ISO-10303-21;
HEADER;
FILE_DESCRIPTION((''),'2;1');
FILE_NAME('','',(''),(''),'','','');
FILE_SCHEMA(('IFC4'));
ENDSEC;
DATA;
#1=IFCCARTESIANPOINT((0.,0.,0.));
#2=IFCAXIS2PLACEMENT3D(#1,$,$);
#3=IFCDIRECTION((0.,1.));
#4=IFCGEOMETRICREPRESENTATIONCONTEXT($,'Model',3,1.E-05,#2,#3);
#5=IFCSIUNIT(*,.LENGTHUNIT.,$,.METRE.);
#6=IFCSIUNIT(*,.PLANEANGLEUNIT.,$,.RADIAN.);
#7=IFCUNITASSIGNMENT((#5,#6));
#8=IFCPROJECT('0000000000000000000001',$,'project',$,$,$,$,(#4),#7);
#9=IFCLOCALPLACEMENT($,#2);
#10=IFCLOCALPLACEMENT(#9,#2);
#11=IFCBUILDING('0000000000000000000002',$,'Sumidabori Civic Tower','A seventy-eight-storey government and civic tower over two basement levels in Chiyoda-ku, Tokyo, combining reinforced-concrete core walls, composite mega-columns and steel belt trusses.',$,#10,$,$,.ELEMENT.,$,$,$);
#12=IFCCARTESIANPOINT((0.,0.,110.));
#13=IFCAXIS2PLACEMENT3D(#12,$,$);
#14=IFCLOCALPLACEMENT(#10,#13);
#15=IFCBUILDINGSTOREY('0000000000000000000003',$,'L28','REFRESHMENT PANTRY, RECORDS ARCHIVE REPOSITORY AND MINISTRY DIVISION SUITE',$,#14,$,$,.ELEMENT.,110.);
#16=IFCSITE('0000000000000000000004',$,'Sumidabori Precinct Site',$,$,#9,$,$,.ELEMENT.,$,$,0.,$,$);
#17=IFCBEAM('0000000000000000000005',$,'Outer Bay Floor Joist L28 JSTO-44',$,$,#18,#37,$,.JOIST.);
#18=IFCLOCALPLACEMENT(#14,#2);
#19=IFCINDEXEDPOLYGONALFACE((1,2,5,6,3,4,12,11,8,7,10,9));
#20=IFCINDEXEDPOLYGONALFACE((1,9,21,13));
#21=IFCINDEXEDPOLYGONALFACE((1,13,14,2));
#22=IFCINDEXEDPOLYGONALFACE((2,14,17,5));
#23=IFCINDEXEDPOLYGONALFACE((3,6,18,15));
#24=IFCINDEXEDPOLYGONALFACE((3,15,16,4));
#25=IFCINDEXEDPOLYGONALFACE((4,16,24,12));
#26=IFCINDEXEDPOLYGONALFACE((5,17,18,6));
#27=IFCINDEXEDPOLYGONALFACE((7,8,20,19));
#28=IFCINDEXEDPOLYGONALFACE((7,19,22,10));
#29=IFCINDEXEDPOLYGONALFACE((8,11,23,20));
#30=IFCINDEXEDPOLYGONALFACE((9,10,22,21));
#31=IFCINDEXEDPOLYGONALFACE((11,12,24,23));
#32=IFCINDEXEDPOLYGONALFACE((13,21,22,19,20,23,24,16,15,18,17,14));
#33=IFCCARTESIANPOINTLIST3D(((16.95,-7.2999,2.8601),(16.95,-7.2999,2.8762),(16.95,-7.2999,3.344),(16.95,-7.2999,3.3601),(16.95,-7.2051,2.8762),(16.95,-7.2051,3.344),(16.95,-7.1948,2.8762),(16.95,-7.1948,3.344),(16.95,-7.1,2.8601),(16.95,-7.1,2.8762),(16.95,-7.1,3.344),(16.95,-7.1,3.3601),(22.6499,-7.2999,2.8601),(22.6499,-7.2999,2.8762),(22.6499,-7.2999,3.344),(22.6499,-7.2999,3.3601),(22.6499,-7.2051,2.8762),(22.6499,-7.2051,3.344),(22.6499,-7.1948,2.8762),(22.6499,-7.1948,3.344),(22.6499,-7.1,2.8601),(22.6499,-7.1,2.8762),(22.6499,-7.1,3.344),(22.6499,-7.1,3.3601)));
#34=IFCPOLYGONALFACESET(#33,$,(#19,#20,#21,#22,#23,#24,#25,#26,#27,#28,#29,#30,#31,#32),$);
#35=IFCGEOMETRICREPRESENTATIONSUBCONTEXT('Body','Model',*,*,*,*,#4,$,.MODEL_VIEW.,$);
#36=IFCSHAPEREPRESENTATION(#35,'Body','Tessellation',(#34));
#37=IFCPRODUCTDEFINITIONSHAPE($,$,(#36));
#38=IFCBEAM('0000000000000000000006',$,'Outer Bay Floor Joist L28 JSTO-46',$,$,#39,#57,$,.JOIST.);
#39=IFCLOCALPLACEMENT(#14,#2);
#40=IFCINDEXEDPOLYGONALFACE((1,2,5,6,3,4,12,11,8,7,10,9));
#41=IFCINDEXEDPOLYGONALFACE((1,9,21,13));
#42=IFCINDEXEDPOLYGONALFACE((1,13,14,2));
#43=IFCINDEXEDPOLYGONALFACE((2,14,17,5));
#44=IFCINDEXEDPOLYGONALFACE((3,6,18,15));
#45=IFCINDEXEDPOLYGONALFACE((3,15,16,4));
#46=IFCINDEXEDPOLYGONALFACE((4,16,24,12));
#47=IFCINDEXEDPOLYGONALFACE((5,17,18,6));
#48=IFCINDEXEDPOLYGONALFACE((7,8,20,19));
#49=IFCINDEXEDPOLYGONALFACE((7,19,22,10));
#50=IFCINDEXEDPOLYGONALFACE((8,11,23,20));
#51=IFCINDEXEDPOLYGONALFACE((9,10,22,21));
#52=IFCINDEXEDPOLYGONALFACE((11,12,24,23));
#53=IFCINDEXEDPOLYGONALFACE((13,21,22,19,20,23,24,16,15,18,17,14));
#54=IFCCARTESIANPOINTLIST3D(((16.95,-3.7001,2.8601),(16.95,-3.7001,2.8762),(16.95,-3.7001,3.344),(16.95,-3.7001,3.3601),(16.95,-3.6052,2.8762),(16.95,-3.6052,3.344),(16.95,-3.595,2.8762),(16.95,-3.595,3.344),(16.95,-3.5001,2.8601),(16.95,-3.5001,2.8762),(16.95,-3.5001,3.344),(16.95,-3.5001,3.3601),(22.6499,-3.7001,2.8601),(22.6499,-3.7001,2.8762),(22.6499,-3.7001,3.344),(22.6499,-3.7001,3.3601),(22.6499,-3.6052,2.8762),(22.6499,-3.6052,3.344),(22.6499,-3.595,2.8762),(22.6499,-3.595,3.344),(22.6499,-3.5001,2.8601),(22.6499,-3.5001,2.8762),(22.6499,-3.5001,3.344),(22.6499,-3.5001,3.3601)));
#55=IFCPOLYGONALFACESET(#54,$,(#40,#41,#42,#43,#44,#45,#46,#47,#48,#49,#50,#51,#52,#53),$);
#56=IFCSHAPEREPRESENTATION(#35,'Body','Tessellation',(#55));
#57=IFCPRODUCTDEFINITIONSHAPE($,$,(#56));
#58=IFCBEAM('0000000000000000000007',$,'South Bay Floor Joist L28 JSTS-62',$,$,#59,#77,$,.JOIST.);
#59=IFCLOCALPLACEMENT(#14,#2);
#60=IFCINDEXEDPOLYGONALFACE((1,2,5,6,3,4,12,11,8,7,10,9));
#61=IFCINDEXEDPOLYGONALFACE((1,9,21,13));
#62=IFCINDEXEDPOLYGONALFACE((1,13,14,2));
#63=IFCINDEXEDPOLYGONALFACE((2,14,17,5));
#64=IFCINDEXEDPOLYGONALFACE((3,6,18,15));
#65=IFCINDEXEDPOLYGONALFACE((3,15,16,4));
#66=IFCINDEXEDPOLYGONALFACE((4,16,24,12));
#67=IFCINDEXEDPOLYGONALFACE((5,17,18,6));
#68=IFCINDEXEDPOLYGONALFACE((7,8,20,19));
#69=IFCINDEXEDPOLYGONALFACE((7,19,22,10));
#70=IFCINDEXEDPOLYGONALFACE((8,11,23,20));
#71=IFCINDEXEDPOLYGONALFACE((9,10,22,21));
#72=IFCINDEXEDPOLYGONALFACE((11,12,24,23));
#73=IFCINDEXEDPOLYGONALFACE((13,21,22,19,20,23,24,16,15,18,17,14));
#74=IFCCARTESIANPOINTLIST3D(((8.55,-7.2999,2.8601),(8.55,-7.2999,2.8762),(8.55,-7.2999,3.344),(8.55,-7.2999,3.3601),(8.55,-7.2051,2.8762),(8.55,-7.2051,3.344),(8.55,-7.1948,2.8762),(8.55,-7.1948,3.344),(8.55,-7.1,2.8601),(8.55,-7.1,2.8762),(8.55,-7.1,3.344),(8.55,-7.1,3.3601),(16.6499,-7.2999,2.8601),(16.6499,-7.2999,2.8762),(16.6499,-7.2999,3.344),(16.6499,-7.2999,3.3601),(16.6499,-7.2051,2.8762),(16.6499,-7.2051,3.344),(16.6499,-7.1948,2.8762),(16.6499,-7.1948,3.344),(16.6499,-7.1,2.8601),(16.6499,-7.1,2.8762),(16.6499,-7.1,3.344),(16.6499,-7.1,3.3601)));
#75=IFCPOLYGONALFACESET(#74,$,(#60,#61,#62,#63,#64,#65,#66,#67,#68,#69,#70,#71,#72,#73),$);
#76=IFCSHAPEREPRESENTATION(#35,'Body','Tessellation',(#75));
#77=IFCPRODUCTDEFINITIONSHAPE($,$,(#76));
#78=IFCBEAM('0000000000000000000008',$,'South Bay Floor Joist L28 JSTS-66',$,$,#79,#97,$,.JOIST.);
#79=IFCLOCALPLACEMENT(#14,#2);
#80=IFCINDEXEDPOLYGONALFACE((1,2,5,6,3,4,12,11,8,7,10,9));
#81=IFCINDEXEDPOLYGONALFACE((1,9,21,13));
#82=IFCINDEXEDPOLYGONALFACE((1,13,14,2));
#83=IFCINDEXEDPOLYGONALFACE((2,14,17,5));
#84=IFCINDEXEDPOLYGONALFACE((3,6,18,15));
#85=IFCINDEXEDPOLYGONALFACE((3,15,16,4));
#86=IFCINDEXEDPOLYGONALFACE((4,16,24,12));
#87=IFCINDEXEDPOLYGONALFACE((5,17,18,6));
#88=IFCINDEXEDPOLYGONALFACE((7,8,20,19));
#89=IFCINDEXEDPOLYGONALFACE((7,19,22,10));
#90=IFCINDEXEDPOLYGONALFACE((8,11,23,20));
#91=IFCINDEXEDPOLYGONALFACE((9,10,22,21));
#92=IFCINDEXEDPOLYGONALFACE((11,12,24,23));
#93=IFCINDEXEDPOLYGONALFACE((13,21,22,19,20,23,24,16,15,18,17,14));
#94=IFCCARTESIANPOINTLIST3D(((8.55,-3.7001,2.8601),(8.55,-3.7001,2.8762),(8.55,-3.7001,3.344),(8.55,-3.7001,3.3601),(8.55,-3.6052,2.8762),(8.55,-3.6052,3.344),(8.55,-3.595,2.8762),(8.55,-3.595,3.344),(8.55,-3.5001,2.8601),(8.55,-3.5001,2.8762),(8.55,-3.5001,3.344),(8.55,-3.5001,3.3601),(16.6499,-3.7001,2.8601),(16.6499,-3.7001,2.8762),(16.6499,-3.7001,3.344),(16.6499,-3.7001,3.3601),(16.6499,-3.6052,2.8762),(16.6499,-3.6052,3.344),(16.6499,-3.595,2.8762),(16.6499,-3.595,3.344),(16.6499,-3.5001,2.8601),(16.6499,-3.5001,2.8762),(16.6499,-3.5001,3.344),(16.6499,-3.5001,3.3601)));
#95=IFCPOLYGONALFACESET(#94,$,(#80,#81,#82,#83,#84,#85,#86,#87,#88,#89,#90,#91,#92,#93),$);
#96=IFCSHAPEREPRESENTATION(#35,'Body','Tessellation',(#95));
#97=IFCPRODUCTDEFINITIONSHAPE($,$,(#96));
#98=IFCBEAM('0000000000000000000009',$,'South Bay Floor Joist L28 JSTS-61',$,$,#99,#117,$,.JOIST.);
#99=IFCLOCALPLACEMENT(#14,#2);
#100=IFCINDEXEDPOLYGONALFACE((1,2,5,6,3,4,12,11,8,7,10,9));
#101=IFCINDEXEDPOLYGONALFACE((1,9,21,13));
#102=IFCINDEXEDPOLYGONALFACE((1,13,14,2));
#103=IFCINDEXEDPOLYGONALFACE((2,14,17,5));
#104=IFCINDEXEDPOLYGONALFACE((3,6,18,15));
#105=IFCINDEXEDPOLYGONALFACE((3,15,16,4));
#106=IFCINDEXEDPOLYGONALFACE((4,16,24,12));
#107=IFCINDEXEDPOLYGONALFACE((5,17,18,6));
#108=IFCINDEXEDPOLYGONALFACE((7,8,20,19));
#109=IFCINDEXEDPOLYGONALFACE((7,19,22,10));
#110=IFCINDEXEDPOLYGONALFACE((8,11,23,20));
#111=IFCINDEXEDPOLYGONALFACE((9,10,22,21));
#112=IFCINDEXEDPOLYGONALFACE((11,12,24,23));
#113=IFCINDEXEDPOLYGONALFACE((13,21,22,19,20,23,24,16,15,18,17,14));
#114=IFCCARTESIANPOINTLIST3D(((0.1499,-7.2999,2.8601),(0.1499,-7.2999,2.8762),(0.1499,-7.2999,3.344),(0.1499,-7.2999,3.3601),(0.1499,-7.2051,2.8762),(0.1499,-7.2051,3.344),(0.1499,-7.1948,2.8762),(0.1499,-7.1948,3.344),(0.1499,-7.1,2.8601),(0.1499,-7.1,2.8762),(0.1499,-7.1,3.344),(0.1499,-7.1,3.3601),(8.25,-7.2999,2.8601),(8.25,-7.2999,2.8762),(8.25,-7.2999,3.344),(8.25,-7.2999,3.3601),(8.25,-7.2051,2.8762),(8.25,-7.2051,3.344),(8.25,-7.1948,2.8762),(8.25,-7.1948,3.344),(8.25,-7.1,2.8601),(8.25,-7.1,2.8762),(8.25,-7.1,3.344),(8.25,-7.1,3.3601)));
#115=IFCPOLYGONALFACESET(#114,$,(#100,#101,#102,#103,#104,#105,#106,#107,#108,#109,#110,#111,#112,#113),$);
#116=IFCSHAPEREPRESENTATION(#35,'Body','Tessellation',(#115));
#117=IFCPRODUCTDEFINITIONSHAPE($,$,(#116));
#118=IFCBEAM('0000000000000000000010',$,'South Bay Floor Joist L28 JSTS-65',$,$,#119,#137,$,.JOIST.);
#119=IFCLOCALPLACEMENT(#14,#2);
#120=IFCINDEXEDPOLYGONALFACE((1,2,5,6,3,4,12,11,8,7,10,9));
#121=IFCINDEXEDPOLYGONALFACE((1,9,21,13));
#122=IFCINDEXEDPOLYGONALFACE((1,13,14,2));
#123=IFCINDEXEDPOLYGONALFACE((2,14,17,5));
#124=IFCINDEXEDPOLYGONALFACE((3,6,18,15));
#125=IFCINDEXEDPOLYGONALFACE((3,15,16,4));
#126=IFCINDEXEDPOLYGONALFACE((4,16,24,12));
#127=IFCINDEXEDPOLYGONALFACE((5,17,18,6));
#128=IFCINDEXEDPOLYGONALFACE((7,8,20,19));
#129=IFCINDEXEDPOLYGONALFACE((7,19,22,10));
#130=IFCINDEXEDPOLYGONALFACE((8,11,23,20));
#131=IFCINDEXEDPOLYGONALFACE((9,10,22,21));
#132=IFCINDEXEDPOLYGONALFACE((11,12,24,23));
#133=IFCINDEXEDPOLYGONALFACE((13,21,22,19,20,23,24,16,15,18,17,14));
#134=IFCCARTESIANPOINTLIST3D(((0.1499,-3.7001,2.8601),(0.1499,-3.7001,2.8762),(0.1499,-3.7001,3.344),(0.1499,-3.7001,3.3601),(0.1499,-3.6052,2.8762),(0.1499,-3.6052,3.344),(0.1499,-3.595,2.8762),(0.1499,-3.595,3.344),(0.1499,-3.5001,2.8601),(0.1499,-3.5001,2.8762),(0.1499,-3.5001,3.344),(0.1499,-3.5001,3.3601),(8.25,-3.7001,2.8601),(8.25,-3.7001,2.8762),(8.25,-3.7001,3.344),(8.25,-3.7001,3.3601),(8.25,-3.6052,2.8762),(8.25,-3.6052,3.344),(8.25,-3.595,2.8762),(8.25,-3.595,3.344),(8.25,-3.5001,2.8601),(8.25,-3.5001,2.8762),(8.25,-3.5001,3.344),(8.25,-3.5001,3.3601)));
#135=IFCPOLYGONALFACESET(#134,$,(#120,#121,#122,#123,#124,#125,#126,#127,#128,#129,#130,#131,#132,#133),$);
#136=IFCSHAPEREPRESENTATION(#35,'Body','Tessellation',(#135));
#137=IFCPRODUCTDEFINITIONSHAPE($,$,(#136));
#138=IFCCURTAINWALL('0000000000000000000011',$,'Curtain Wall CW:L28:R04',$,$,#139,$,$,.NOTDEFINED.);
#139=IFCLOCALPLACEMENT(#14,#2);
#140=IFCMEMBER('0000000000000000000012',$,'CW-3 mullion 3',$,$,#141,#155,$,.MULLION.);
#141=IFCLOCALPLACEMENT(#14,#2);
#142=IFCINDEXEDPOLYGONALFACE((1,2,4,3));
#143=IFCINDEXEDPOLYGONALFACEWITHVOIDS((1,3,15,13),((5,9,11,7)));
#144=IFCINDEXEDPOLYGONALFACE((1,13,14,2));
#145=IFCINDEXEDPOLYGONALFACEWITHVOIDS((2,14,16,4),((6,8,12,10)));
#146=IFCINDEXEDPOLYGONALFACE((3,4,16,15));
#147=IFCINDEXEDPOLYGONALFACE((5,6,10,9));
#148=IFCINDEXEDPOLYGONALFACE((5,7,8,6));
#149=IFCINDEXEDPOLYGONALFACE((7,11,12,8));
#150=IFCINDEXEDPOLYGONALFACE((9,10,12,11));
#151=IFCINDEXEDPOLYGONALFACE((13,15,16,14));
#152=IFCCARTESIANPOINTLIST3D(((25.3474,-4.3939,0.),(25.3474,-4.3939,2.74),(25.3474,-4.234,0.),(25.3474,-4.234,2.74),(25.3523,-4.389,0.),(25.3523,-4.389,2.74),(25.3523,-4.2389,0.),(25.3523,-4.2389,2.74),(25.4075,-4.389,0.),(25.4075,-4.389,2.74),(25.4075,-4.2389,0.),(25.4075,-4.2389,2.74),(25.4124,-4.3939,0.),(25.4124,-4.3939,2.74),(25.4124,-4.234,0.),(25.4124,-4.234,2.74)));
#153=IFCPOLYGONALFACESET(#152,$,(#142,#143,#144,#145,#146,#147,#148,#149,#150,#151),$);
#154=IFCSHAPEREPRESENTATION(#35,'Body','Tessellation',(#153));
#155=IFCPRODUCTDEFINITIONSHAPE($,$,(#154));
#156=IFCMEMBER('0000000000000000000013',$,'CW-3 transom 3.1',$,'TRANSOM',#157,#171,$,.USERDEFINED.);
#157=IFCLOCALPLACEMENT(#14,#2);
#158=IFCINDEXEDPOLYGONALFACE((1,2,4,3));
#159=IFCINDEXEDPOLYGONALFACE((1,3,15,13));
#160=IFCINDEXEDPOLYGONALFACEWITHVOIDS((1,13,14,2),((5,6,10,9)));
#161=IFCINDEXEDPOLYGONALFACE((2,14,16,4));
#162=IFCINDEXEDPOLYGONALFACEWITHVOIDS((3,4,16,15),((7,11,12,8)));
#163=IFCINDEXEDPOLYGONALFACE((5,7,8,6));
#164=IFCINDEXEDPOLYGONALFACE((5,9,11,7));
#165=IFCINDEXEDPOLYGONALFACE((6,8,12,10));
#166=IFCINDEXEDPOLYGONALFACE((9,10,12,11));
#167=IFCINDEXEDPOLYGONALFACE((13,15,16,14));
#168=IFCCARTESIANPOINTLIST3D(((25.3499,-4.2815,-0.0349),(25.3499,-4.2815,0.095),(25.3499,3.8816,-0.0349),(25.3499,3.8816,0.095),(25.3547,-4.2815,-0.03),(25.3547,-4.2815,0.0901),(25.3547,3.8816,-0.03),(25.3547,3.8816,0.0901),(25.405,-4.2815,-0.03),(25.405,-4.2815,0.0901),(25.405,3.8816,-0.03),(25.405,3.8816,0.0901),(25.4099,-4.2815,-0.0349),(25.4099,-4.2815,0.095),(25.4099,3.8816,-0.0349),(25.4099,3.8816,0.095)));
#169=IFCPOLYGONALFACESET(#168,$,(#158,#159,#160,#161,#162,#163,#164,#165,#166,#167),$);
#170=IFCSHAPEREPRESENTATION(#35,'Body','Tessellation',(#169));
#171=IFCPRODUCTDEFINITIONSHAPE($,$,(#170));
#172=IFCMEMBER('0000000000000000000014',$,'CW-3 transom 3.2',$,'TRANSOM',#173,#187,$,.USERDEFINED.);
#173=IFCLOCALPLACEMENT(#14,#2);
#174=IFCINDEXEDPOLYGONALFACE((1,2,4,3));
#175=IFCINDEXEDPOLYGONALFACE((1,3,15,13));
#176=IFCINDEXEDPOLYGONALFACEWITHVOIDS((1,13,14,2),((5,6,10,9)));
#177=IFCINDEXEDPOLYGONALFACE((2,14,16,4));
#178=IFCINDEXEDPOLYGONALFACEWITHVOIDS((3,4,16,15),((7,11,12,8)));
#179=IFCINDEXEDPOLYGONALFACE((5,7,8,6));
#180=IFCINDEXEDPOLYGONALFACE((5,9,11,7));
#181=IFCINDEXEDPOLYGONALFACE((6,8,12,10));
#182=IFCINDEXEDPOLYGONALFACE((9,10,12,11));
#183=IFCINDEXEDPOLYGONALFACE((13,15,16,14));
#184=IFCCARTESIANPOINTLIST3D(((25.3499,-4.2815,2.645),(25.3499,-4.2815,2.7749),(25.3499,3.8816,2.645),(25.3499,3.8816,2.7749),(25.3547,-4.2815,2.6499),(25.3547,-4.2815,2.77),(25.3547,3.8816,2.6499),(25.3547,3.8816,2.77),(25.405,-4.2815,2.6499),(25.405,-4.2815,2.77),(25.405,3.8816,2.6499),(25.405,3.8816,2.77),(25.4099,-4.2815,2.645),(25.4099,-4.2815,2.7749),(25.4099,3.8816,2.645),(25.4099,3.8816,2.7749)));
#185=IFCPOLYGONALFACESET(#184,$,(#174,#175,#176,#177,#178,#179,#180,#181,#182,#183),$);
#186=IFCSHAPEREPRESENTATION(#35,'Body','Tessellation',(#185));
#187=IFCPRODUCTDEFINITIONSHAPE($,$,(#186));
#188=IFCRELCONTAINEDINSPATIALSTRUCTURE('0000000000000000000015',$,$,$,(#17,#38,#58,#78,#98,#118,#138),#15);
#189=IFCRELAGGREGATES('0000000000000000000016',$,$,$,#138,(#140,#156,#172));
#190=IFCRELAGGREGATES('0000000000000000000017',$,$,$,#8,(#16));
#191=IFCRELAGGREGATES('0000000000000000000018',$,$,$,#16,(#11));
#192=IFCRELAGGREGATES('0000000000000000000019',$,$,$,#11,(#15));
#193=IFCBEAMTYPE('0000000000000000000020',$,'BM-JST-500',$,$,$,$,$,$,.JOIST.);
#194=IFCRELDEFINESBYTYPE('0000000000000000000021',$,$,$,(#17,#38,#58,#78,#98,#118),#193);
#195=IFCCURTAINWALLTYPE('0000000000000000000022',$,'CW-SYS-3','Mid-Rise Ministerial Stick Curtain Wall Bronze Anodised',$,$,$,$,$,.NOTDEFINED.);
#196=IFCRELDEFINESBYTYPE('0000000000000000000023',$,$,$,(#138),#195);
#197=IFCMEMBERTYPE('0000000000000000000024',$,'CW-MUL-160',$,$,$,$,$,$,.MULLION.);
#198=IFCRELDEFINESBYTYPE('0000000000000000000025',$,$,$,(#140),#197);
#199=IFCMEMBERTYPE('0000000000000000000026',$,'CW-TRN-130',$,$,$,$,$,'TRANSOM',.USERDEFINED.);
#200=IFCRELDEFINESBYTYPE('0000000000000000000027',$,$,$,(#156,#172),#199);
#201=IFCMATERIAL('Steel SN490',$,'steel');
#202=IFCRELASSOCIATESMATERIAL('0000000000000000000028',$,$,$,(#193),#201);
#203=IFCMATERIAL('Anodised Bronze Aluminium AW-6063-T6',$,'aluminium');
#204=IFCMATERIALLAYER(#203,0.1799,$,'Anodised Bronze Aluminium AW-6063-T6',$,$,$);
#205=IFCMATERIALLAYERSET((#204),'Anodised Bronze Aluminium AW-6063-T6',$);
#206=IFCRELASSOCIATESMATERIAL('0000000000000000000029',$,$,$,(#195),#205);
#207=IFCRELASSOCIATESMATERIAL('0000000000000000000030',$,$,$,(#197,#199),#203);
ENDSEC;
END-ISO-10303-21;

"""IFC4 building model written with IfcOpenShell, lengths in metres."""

from ifc_helpers import new_model, si_unit, direction, frame, origin, origin_2d, place, context, subcontext, project, spatial, hollow_rectangle, i_section, extrude, source, transform, mapped, material, layer, layer_set, material_profile, profile_set, type_object, element, aggregate, save


model = new_model("IFC4")

# Units and contexts
model_context = context("Model", 3, precision=1e-05, world=origin(), true_north=direction((0.0, 1.0)))
body_context = subcontext(model_context, "Body", "Model", "MODEL_VIEW")
ifc_project = project(units=[si_unit("LENGTHUNIT", "METRE"), si_unit("PLANEANGLEUNIT", "RADIAN")], contexts=[model_context])

# Site, building, storey
site_placement = place(None, origin())
site = spatial("IfcSite", under=ifc_project, at=site_placement, Name="Sumidabori Precinct Site", CompositionType="ELEMENT", RefElevation=0.0)
building_placement = place(site_placement, origin())
building = spatial("IfcBuilding", under=site, at=building_placement, Name="Sumidabori Civic Tower", Description="A seventy-eight-storey government and civic tower over two basement levels in Chiyoda-ku, Tokyo, combining reinforced-concrete core walls, composite mega-columns and steel belt trusses.", CompositionType="ELEMENT")
storey_placement = place(building_placement, frame((0.0, 0.0, 110.0)))
storey = spatial("IfcBuildingStorey", under=building, at=storey_placement, Name="L28", Description="REFRESHMENT PANTRY, RECORDS ARCHIVE REPOSITORY AND MINISTRY DIVISION SUITE", CompositionType="ELEMENT", Elevation=110.0)

# Beams
ifc_material_1 = material(Name="Steel SN490", Category="steel")
ifc_material_profile_1 = material_profile(ifc_material_1, i_section(OverallWidth=0.2, OverallDepth=0.5, WebThickness=0.0103, FlangeThickness=0.0161, at=origin_2d()), Name="IPE 500")
ifc_profile_set_1 = profile_set([ifc_material_profile_1], Name="Steel SN490")
beam_type_1 = type_object("IfcBeamType", Name="BM-JST-500", PredefinedType="JOIST", material=ifc_profile_set_1)
shared_shape_1 = source(origin(), body_context, "Body", "SweptSolid", [
    extrude(i_section(OverallWidth=0.2, OverallDepth=0.5, WebThickness=0.0103, FlangeThickness=0.0161, at=origin_2d()), origin(), (0.0, 0.0, 1.0), 5.7),
])
for number, where, z_axis, x_axis, name in (
    (1, (16.95, -7.2, 3.1101), (1.0, 0.0, 0.0), (0.0, 1.0, 0.0), "Outer Bay Floor Joist L28 JSTO-44"),
    (2, (16.95, -3.6001, 3.1101), (1.0, 0.0, 0.0), (0.0, 1.0, 0.0), "Outer Bay Floor Joist L28 JSTO-46"),
):
    element("IfcBeam", number, at=place(storey_placement, frame(where, z_axis=z_axis, x_axis=x_axis)), inside=storey, type_object=beam_type_1, Name=name, PredefinedType="JOIST", context=body_context, shape_type="MappedRepresentation", body=[
        mapped(shared_shape_1, transform((0.0, 0.0, 0.0), x_axis=(1.0, 0.0, 0.0), y_axis=(0.0, 1.0, 0.0), z_axis=(0.0, 0.0, 1.0), scale=1.0)),
    ])
shared_shape_2 = source(origin(), body_context, "Body", "SweptSolid", [
    extrude(i_section(OverallWidth=0.2, OverallDepth=0.5, WebThickness=0.0103, FlangeThickness=0.0161, at=origin_2d()), origin(), (0.0, 0.0, 1.0), 8.0999),
])
for number, where, z_axis, x_axis, name in (
    (3, (8.55, -7.2, 3.1101), (1.0, 0.0, 0.0), (0.0, 1.0, 0.0), "South Bay Floor Joist L28 JSTS-62"),
    (4, (8.55, -3.6001, 3.1101), (1.0, 0.0, 0.0), (0.0, 1.0, 0.0), "South Bay Floor Joist L28 JSTS-66"),
):
    element("IfcBeam", number, at=place(storey_placement, frame(where, z_axis=z_axis, x_axis=x_axis)), inside=storey, type_object=beam_type_1, Name=name, PredefinedType="JOIST", context=body_context, shape_type="MappedRepresentation", body=[
        mapped(shared_shape_2, transform((0.0, 0.0, 0.0), x_axis=(1.0, 0.0, 0.0), y_axis=(0.0, 1.0, 0.0), z_axis=(0.0, 0.0, 1.0), scale=1.0)),
    ])
shared_shape_3 = source(origin(), body_context, "Body", "SweptSolid", [
    extrude(i_section(OverallWidth=0.2, OverallDepth=0.5, WebThickness=0.0103, FlangeThickness=0.0161, at=origin_2d()), origin(), (0.0, 0.0, 1.0), 8.1001),
])
for number, where, z_axis, x_axis, name in (
    (5, (0.1499, -7.2, 3.1101), (1.0, 0.0, 0.0), (0.0, 1.0, 0.0), "South Bay Floor Joist L28 JSTS-61"),
    (6, (0.1499, -3.6001, 3.1101), (1.0, 0.0, 0.0), (0.0, 1.0, 0.0), "South Bay Floor Joist L28 JSTS-65"),
):
    element("IfcBeam", number, at=place(storey_placement, frame(where, z_axis=z_axis, x_axis=x_axis)), inside=storey, type_object=beam_type_1, Name=name, PredefinedType="JOIST", context=body_context, shape_type="MappedRepresentation", body=[
        mapped(shared_shape_3, transform((0.0, 0.0, 0.0), x_axis=(1.0, 0.0, 0.0), y_axis=(0.0, 1.0, 0.0), z_axis=(0.0, 0.0, 1.0), scale=1.0)),
    ])

# Curtain wall, members
ifc_material_2 = material(Name="Anodised Bronze Aluminium AW-6063-T6", Category="aluminium")
ifc_layer_1 = layer(ifc_material_2, 0.1799, Name="Anodised Bronze Aluminium AW-6063-T6")
ifc_layer_set_1 = layer_set([ifc_layer_1], Name="Anodised Bronze Aluminium AW-6063-T6")
curtain_wall_type = type_object("IfcCurtainWallType", Name="CW-SYS-3", Description="Mid-Rise Ministerial Stick Curtain Wall Bronze Anodised", PredefinedType="NOTDEFINED", material=ifc_layer_set_1)
curtain_wall_placement = place(storey_placement, origin())
curtain_wall = element("IfcCurtainWall", 7, at=curtain_wall_placement, inside=storey, type_object=curtain_wall_type, Name="Curtain Wall CW:L28:R04", PredefinedType="NOTDEFINED")
ifc_material_profile_2 = material_profile(ifc_material_2, hollow_rectangle(XDim=0.0649, YDim=0.1599, WallThickness=0.0049, at=origin_2d()), Name="ALU MULLION 160x65")
ifc_profile_set_2 = profile_set([ifc_material_profile_2], Name="Anodised Bronze Aluminium AW-6063-T6")
member_type_1 = type_object("IfcMemberType", Name="CW-MUL-160", PredefinedType="MULLION", material=ifc_profile_set_2)
shared_shape_4 = source(origin(), body_context, "Body", "SweptSolid", [
    extrude(hollow_rectangle(XDim=0.0649, YDim=0.1599, WallThickness=0.0049, at=origin_2d()), origin(), (0.0, 0.0, 1.0), 2.74),
])
member_1_placement = place(storey_placement, frame((25.3799, -4.314, 0.0), z_axis=(0.0, 0.0, 1.0), x_axis=(-1.0, 0.0, 0.0)))
member_1 = element("IfcMember", 8, at=member_1_placement, type_object=member_type_1, Name="CW-3 mullion 3", PredefinedType="MULLION", context=body_context, shape_type="MappedRepresentation", body=[
    mapped(shared_shape_4, transform((0.0, 0.0, 0.0), x_axis=(1.0, 0.0, 0.0), y_axis=(0.0, 1.0, 0.0), z_axis=(0.0, 0.0, 1.0), scale=1.0)),
])
ifc_material_profile_3 = material_profile(ifc_material_2, hollow_rectangle(XDim=0.0601, YDim=0.1299, WallThickness=0.0049, at=origin_2d()), Name="ALU TRANSOM 130x60")
ifc_profile_set_3 = profile_set([ifc_material_profile_3], Name="Anodised Bronze Aluminium AW-6063-T6")
member_type_2 = type_object("IfcMemberType", Name="CW-TRN-130", ElementType="TRANSOM", PredefinedType="USERDEFINED", material=ifc_profile_set_3)
shared_shape_5 = source(origin(), body_context, "Body", "SweptSolid", [
    extrude(hollow_rectangle(XDim=0.0601, YDim=0.1299, WallThickness=0.0049, at=origin_2d()), origin(), (0.0, 0.0, 1.0), 8.1631),
])
member_2_placement = place(storey_placement, frame((25.3799, -4.2815, 0.03), z_axis=(0.0, 1.0, 0.0), x_axis=(-1.0, 0.0, 0.0)))
member_2 = element("IfcMember", 9, at=member_2_placement, type_object=member_type_2, Name="CW-3 transom 3.1", ObjectType="TRANSOM", PredefinedType="USERDEFINED", context=body_context, shape_type="MappedRepresentation", body=[
    mapped(shared_shape_5, transform((0.0, 0.0, 0.0), x_axis=(1.0, 0.0, 0.0), y_axis=(0.0, 1.0, 0.0), z_axis=(0.0, 0.0, 1.0), scale=1.0)),
])
member_3_placement = place(storey_placement, frame((25.3799, -4.2815, 2.71), z_axis=(0.0, 1.0, 0.0), x_axis=(-1.0, 0.0, 0.0)))
member_3 = element("IfcMember", 10, at=member_3_placement, type_object=member_type_2, Name="CW-3 transom 3.2", ObjectType="TRANSOM", PredefinedType="USERDEFINED", context=body_context, shape_type="MappedRepresentation", body=[
    mapped(shared_shape_5, transform((0.0, 0.0, 0.0), x_axis=(1.0, 0.0, 0.0), y_axis=(0.0, 1.0, 0.0), z_axis=(0.0, 0.0, 1.0), scale=1.0)),
])
aggregate(curtain_wall, [member_1, member_2, member_3])

save(model, "model.ifc")
